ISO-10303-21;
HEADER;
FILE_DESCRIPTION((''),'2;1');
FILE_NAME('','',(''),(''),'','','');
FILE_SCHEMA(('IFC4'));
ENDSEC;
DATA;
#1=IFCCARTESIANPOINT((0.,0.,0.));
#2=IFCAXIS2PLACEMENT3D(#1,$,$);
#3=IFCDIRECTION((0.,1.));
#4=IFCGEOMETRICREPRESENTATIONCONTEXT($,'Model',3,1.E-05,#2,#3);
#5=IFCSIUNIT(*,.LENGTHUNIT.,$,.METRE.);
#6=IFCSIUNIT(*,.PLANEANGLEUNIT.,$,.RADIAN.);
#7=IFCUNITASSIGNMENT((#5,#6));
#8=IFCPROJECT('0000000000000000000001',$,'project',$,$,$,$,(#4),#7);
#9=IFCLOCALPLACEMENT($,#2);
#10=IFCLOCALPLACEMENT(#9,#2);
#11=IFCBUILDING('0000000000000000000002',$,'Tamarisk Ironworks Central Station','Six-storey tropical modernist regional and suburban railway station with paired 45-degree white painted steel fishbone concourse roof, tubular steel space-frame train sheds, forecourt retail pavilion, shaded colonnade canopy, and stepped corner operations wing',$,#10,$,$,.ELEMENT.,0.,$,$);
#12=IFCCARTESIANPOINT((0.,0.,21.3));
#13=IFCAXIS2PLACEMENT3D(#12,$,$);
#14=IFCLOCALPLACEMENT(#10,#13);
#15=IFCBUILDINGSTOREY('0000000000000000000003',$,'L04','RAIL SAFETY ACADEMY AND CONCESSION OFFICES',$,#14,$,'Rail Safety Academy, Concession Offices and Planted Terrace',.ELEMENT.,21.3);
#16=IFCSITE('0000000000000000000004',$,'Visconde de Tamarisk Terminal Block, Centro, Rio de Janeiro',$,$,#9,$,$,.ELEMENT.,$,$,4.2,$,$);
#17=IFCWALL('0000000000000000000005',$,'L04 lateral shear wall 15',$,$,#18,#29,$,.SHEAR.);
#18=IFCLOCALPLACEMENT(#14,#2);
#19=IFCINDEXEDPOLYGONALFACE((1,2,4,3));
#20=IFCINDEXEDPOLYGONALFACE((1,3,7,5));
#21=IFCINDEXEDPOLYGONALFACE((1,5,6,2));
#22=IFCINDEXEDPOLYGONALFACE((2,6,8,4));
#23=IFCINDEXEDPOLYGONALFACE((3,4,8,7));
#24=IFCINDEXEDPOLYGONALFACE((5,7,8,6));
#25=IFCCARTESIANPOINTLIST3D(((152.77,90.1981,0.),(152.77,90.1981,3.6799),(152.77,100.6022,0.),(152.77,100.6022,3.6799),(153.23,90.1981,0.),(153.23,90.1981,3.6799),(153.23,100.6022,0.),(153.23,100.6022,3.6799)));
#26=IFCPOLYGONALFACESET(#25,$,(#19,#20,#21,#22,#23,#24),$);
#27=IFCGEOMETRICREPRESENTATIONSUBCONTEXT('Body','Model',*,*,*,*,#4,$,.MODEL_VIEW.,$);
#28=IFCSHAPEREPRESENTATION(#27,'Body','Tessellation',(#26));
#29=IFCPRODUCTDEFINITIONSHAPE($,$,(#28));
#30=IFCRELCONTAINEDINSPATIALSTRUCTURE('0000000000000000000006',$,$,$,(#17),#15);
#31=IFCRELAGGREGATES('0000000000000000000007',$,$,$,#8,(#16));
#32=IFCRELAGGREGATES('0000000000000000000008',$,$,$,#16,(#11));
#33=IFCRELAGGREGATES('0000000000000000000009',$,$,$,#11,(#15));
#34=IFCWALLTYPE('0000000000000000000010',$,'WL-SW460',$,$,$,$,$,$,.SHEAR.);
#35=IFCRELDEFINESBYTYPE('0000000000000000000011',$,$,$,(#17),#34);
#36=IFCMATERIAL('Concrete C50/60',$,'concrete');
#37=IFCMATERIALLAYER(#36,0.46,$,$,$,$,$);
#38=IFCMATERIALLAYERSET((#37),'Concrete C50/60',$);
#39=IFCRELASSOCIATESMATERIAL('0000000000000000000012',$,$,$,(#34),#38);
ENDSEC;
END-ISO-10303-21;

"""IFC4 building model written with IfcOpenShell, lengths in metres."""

from ifc_helpers import new_model, si_unit, direction, frame, frame_2d, origin, place, context, subcontext, project, spatial, rectangle, extrude, material, layer, layer_set, type_object, element, save


model = new_model("IFC4")

# Units and contexts
model_context = context("Model", 3, precision=1e-05, world=origin(), true_north=direction((0.0, 1.0)))
body_context = subcontext(model_context, "Body", "Model", "MODEL_VIEW")
ifc_project = project(units=[si_unit("LENGTHUNIT", "METRE"), si_unit("PLANEANGLEUNIT", "RADIAN")], contexts=[model_context])

# Site, building, storey
site_placement = place(None, origin())
site = spatial("IfcSite", under=ifc_project, at=site_placement, Name="Visconde de Tamarisk Terminal Block, Centro, Rio de Janeiro", CompositionType="ELEMENT", RefElevation=4.2)
building_placement = place(site_placement, origin())
building = spatial("IfcBuilding", under=site, at=building_placement, Name="Tamarisk Ironworks Central Station", Description="Six-storey tropical modernist regional and suburban railway station with paired 45-degree white painted steel fishbone concourse roof, tubular steel space-frame train sheds, forecourt retail pavilion, shaded colonnade canopy, and stepped corner operations wing", CompositionType="ELEMENT", ElevationOfRefHeight=0.0)
storey_placement = place(building_placement, frame((0.0, 0.0, 21.3)))
storey = spatial("IfcBuildingStorey", under=building, at=storey_placement, Name="L04", Description="RAIL SAFETY ACADEMY AND CONCESSION OFFICES", LongName="Rail Safety Academy, Concession Offices and Planted Terrace", CompositionType="ELEMENT", Elevation=21.3)

# Wall
ifc_material_1 = material(Name="Concrete C50/60", Category="concrete")
ifc_layer_1 = layer(ifc_material_1, 0.46)
ifc_layer_set_1 = layer_set([ifc_layer_1], Name="Concrete C50/60")
wall_type_1 = type_object("IfcWallType", Name="WL-SW460", PredefinedType="SHEAR", material=ifc_layer_set_1)
wall_1_placement = place(storey_placement, frame((153.0, 90.198, 0.0), z_axis=(0.0, 0.0, 1.0), x_axis=(0.0, 1.0, 0.0)))
element("IfcWall", 1, at=wall_1_placement, inside=storey, type_object=wall_type_1, Name="L04 lateral shear wall 15", PredefinedType="SHEAR", context=body_context, shape_type="SweptSolid", body=[
    extrude(rectangle(XDim=10.4041, YDim=0.46, at=frame_2d((5.2021, 0.0))), origin(), (0.0, 0.0, 1.0), 3.6799),
])

save(model, "model.ifc")
